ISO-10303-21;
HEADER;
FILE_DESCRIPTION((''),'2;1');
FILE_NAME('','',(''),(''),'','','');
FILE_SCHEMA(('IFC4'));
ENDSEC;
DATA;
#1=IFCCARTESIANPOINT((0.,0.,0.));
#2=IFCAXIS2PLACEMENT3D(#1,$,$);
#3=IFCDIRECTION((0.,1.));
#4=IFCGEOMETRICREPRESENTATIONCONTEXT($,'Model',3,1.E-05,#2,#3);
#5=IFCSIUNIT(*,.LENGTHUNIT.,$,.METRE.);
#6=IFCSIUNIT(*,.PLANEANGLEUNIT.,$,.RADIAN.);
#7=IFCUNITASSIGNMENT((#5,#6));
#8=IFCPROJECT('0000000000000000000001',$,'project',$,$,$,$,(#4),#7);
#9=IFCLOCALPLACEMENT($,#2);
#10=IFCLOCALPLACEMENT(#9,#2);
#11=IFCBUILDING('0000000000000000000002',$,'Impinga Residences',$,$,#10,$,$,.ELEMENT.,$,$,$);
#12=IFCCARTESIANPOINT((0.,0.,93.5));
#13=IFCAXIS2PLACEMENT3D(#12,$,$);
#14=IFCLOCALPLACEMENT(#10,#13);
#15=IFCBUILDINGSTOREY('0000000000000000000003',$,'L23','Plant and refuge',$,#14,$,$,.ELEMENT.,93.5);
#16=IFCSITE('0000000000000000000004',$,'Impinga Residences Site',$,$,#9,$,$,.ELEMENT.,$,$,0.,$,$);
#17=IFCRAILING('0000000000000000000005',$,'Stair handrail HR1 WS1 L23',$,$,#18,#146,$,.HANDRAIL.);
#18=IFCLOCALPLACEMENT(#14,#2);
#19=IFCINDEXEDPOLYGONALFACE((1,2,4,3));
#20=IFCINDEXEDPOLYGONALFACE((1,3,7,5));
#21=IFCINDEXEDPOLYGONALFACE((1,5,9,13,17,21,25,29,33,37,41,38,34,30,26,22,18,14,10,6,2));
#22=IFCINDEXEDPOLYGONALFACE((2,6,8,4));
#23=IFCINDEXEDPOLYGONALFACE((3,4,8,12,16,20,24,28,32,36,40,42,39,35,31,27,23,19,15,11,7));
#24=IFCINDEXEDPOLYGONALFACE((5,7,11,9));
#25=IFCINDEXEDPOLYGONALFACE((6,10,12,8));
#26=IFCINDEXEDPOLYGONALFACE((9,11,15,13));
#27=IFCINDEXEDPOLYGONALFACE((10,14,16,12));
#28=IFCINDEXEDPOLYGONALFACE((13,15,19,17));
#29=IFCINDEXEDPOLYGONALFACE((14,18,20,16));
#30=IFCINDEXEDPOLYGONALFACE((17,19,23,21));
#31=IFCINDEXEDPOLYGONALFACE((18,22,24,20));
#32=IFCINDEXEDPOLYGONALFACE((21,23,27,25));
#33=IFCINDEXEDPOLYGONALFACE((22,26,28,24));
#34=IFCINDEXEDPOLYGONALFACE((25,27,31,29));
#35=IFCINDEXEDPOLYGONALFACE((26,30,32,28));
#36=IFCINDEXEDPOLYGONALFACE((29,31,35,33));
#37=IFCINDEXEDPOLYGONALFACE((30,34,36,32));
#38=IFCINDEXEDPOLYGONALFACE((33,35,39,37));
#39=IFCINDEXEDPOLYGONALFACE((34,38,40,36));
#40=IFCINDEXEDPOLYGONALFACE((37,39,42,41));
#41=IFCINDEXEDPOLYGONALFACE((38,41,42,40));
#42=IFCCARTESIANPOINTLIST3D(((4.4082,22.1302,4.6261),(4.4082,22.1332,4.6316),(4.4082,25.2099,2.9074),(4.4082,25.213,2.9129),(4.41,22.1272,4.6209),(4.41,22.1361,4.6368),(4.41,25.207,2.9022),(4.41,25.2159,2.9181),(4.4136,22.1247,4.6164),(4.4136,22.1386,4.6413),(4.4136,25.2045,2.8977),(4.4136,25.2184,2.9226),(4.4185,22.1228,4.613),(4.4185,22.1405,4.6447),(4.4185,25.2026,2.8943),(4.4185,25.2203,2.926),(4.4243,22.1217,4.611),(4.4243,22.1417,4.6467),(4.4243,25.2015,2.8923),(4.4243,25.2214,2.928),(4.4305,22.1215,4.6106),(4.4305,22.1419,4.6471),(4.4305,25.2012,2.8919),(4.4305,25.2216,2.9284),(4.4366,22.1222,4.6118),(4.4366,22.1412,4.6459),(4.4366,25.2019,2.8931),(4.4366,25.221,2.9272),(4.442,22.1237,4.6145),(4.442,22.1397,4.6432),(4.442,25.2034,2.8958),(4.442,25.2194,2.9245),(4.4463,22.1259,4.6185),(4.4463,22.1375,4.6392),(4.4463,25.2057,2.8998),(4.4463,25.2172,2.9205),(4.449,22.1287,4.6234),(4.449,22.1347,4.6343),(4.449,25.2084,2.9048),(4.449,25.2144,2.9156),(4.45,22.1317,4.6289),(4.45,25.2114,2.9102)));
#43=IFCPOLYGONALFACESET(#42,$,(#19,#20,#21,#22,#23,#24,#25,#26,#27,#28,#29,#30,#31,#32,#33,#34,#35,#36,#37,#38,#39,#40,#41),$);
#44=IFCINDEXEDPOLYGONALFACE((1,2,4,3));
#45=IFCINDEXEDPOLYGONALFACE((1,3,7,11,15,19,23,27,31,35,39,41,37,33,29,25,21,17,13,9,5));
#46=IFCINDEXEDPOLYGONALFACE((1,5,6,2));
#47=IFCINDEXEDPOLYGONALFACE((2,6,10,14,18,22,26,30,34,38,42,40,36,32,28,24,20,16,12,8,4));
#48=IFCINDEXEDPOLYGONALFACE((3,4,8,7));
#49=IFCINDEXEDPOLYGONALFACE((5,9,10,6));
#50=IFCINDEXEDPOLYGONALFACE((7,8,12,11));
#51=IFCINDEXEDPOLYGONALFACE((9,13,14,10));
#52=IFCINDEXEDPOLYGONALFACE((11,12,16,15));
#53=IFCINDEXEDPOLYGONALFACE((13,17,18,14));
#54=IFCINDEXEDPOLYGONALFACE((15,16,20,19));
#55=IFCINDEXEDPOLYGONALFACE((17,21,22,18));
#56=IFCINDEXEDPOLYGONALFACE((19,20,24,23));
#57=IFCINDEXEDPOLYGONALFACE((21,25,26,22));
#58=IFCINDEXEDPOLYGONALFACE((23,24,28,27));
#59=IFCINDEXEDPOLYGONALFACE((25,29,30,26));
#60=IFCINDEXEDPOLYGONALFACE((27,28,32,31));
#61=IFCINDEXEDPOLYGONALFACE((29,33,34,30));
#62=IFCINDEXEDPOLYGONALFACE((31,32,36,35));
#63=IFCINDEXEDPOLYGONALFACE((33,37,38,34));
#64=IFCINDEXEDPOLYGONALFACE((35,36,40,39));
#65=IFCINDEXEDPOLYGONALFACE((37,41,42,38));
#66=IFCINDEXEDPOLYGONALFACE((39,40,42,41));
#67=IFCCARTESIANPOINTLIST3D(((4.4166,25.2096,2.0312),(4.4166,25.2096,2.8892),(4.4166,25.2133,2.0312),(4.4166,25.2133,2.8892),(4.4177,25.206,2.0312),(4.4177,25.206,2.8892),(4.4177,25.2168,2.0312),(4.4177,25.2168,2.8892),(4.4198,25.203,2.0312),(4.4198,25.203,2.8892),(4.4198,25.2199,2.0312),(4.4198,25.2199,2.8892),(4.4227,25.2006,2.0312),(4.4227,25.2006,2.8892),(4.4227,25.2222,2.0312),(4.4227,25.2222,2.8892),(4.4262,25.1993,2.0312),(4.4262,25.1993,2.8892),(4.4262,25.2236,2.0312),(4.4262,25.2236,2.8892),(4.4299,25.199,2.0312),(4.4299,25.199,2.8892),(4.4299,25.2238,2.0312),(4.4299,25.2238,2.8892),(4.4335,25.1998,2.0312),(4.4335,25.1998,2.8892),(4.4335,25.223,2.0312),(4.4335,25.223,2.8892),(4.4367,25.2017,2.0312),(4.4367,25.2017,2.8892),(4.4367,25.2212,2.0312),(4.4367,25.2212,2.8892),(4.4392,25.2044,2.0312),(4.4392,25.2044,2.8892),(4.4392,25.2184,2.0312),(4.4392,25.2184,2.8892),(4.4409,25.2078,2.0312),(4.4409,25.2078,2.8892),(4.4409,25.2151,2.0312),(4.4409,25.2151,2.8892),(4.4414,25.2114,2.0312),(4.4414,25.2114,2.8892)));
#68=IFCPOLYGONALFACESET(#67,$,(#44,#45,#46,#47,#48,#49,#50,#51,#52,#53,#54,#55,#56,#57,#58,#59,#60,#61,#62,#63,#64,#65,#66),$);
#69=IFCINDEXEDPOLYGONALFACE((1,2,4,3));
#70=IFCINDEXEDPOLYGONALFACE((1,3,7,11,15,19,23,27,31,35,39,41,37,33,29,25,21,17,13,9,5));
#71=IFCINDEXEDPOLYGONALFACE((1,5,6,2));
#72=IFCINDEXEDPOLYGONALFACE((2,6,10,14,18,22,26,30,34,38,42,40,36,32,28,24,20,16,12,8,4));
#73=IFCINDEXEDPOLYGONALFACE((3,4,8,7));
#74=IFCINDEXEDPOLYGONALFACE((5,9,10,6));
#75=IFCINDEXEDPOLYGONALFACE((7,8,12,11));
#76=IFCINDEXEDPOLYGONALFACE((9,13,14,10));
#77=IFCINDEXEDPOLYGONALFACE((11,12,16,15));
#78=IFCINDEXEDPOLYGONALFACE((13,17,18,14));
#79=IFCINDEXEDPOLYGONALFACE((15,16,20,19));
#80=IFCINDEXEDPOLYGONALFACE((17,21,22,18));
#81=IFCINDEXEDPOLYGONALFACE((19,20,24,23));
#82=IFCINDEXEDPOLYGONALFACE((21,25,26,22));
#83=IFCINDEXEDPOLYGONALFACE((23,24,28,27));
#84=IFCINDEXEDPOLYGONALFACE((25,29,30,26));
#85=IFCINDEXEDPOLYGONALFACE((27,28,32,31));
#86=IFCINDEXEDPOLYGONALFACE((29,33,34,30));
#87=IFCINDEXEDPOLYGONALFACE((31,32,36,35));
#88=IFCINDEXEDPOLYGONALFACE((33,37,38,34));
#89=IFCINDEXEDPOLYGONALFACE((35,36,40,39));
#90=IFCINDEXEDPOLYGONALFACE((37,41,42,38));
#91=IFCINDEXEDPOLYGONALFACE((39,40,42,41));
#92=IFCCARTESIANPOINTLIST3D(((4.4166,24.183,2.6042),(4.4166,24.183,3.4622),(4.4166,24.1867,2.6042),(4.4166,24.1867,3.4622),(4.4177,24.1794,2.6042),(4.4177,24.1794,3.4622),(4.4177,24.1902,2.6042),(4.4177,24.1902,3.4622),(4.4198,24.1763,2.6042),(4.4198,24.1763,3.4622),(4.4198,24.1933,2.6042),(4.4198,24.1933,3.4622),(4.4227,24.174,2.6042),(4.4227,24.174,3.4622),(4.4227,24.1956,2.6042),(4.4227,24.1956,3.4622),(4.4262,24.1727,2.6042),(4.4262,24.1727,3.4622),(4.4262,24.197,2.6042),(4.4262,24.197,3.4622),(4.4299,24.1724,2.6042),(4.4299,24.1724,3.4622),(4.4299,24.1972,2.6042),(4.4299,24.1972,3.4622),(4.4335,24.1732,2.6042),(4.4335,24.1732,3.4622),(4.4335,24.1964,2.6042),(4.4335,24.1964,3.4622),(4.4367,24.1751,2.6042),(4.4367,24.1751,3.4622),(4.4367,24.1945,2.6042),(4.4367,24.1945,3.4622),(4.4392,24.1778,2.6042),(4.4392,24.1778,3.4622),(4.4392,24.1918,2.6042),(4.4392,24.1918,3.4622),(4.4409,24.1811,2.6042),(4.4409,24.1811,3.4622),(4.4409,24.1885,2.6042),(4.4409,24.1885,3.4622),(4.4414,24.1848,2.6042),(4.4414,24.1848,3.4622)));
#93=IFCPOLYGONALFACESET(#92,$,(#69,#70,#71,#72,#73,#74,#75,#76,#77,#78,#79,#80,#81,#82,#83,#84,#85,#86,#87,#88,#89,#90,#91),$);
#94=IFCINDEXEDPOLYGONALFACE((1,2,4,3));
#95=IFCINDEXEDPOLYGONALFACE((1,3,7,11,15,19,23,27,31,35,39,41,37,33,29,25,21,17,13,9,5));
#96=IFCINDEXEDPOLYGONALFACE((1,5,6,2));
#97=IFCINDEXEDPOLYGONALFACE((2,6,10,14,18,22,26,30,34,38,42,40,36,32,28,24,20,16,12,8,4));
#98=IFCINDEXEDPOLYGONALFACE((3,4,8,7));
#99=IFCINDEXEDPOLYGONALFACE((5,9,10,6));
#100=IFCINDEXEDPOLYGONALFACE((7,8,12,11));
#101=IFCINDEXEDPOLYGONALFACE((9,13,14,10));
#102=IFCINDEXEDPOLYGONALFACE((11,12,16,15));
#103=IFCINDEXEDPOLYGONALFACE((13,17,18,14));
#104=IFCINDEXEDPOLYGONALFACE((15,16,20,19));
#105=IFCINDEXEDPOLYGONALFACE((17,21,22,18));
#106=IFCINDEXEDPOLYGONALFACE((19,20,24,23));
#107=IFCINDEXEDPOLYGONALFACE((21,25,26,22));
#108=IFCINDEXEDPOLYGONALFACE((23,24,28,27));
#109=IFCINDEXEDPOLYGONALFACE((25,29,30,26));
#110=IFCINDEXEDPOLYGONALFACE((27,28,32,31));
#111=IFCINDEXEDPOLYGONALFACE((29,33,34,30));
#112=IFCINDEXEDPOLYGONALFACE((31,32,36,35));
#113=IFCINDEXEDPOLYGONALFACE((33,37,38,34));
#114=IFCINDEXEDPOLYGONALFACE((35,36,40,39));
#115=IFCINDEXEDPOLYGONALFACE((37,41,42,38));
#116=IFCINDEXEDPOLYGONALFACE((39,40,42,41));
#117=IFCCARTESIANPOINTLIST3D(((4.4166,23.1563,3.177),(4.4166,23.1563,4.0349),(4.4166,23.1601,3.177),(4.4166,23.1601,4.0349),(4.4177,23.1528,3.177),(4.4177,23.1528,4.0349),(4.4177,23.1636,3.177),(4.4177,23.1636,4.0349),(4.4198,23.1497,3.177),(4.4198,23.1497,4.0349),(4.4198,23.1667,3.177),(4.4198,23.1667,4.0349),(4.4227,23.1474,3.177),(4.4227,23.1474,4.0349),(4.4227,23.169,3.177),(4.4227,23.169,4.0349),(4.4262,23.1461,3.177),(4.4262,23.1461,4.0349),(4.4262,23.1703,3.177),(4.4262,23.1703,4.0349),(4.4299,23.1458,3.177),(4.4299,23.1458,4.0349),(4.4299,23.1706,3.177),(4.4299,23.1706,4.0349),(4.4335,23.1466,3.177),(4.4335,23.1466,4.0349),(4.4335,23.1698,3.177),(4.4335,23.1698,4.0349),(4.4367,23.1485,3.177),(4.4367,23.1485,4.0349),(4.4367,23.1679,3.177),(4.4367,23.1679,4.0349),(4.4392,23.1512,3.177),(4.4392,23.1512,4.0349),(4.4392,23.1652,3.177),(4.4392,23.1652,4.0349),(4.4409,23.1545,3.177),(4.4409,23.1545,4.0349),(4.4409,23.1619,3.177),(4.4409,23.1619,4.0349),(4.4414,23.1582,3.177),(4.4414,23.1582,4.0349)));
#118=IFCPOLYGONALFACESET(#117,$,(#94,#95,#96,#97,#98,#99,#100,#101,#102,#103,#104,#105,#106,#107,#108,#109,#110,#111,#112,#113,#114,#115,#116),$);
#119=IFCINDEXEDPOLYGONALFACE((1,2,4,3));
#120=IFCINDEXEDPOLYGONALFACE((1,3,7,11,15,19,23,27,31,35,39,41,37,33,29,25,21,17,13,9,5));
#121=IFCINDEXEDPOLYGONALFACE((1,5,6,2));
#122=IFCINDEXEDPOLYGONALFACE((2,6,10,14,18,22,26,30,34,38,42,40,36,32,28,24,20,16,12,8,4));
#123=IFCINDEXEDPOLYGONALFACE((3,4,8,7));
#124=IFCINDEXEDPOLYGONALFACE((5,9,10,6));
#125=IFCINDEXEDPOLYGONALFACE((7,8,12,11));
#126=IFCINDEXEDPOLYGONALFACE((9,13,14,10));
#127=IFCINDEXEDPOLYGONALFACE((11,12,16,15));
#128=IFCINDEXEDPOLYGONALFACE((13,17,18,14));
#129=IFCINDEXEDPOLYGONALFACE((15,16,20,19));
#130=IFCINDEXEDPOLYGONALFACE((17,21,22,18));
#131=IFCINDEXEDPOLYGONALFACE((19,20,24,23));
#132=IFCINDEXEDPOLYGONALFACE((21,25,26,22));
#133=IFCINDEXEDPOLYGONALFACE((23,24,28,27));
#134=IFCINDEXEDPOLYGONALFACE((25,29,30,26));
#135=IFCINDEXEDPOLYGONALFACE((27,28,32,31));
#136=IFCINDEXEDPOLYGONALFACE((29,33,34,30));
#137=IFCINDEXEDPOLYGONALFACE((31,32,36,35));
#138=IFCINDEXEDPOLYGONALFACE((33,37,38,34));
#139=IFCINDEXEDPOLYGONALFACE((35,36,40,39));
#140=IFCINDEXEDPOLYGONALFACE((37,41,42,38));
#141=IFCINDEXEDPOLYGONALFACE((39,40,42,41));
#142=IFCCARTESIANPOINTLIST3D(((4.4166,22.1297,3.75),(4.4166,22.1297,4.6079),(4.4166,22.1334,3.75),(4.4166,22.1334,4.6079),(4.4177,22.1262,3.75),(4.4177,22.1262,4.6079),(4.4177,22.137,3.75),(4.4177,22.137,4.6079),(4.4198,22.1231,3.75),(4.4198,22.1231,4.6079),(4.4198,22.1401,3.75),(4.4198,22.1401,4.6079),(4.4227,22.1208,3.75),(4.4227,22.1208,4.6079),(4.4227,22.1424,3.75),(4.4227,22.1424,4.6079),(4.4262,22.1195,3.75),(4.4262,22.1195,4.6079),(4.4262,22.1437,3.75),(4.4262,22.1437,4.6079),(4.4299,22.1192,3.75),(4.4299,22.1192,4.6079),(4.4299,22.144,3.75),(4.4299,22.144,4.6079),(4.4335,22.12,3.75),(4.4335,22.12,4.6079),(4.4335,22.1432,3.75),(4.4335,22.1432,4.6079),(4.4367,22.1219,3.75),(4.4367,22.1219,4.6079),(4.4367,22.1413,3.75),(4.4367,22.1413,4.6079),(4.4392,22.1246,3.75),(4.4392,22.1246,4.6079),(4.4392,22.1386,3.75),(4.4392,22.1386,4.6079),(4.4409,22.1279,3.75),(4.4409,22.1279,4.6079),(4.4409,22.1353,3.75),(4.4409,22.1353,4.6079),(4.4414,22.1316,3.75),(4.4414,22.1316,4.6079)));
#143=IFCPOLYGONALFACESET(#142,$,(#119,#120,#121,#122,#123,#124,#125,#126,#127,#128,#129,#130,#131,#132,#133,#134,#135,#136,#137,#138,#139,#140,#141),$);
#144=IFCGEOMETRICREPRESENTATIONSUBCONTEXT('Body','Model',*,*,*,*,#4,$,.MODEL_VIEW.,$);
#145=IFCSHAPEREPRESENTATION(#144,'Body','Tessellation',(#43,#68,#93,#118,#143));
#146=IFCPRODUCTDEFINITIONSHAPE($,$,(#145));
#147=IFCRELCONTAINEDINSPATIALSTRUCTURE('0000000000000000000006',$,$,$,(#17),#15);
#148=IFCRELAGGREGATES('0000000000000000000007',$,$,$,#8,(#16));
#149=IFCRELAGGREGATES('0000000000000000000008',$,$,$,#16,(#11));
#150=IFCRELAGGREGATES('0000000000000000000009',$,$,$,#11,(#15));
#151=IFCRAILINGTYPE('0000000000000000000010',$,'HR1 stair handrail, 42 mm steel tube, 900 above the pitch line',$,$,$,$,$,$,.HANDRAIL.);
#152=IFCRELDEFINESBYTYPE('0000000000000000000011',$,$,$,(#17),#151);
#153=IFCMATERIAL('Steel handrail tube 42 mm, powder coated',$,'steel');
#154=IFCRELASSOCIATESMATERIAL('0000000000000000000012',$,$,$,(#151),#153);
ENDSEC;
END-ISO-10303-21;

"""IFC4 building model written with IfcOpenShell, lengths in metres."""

from ifc_helpers import new_model, si_unit, direction, frame, origin, origin_2d, place, context, subcontext, project, spatial, circle, extrude, material, type_object, element, save


model = new_model("IFC4")

# Units and contexts
model_context = context("Model", 3, precision=1e-05, world=origin(), true_north=direction((0.0, 1.0)))
body_context = subcontext(model_context, "Body", "Model", "MODEL_VIEW")
ifc_project = project(units=[si_unit("LENGTHUNIT", "METRE"), si_unit("PLANEANGLEUNIT", "RADIAN")], contexts=[model_context])

# Site, building, storey
site_placement = place(None, origin())
site = spatial("IfcSite", under=ifc_project, at=site_placement, Name="Impinga Residences Site", CompositionType="ELEMENT", RefElevation=0.0)
building_placement = place(site_placement, origin())
building = spatial("IfcBuilding", under=site, at=building_placement, Name="Impinga Residences", CompositionType="ELEMENT")
storey_placement = place(building_placement, frame((0.0, 0.0, 93.5)))
storey = spatial("IfcBuildingStorey", under=building, at=storey_placement, Name="L23", Description="Plant and refuge", CompositionType="ELEMENT", Elevation=93.5)

# Railing
ifc_material_1 = material(Name="Steel handrail tube 42 mm, powder coated", Category="steel")
railing_type_1 = type_object("IfcRailingType", Name="HR1 stair handrail, 42 mm steel tube, 900 above the pitch line", PredefinedType="HANDRAIL", material=ifc_material_1)
for number, where, name in (
    (1, (4.429, 25.2114, 2.0312), "Stair handrail HR1 WS1 L23"),
):
    element("IfcRailing", number, at=place(storey_placement, frame(where)), inside=storey, type_object=railing_type_1, Name=name, PredefinedType="HANDRAIL", context=body_context, shape_type="SweptSolid", body=[
        extrude(circle(Radius=0.021, at=origin_2d()), frame((0.0, 0.0, 0.8789), z_axis=(0.0, -0.873225, 0.487317), x_axis=(1.0, 0.0, 0.0)), (0.0, 0.0, 1.0), 3.5269),
        extrude(circle(Radius=0.0125, at=origin_2d()), origin(), (0.0, 0.0, 1.0), 0.8579),
        extrude(circle(Radius=0.0125, at=origin_2d()), frame((0.0, -1.0266, 0.573)), (0.0, 0.0, 1.0), 0.8579),
        extrude(circle(Radius=0.0125, at=origin_2d()), frame((0.0, -2.0532, 1.1458)), (0.0, 0.0, 1.0), 0.8579),
        extrude(circle(Radius=0.0125, at=origin_2d()), frame((0.0, -3.0798, 1.7188)), (0.0, 0.0, 1.0), 0.8579),
    ])

save(model, "model.ifc")
